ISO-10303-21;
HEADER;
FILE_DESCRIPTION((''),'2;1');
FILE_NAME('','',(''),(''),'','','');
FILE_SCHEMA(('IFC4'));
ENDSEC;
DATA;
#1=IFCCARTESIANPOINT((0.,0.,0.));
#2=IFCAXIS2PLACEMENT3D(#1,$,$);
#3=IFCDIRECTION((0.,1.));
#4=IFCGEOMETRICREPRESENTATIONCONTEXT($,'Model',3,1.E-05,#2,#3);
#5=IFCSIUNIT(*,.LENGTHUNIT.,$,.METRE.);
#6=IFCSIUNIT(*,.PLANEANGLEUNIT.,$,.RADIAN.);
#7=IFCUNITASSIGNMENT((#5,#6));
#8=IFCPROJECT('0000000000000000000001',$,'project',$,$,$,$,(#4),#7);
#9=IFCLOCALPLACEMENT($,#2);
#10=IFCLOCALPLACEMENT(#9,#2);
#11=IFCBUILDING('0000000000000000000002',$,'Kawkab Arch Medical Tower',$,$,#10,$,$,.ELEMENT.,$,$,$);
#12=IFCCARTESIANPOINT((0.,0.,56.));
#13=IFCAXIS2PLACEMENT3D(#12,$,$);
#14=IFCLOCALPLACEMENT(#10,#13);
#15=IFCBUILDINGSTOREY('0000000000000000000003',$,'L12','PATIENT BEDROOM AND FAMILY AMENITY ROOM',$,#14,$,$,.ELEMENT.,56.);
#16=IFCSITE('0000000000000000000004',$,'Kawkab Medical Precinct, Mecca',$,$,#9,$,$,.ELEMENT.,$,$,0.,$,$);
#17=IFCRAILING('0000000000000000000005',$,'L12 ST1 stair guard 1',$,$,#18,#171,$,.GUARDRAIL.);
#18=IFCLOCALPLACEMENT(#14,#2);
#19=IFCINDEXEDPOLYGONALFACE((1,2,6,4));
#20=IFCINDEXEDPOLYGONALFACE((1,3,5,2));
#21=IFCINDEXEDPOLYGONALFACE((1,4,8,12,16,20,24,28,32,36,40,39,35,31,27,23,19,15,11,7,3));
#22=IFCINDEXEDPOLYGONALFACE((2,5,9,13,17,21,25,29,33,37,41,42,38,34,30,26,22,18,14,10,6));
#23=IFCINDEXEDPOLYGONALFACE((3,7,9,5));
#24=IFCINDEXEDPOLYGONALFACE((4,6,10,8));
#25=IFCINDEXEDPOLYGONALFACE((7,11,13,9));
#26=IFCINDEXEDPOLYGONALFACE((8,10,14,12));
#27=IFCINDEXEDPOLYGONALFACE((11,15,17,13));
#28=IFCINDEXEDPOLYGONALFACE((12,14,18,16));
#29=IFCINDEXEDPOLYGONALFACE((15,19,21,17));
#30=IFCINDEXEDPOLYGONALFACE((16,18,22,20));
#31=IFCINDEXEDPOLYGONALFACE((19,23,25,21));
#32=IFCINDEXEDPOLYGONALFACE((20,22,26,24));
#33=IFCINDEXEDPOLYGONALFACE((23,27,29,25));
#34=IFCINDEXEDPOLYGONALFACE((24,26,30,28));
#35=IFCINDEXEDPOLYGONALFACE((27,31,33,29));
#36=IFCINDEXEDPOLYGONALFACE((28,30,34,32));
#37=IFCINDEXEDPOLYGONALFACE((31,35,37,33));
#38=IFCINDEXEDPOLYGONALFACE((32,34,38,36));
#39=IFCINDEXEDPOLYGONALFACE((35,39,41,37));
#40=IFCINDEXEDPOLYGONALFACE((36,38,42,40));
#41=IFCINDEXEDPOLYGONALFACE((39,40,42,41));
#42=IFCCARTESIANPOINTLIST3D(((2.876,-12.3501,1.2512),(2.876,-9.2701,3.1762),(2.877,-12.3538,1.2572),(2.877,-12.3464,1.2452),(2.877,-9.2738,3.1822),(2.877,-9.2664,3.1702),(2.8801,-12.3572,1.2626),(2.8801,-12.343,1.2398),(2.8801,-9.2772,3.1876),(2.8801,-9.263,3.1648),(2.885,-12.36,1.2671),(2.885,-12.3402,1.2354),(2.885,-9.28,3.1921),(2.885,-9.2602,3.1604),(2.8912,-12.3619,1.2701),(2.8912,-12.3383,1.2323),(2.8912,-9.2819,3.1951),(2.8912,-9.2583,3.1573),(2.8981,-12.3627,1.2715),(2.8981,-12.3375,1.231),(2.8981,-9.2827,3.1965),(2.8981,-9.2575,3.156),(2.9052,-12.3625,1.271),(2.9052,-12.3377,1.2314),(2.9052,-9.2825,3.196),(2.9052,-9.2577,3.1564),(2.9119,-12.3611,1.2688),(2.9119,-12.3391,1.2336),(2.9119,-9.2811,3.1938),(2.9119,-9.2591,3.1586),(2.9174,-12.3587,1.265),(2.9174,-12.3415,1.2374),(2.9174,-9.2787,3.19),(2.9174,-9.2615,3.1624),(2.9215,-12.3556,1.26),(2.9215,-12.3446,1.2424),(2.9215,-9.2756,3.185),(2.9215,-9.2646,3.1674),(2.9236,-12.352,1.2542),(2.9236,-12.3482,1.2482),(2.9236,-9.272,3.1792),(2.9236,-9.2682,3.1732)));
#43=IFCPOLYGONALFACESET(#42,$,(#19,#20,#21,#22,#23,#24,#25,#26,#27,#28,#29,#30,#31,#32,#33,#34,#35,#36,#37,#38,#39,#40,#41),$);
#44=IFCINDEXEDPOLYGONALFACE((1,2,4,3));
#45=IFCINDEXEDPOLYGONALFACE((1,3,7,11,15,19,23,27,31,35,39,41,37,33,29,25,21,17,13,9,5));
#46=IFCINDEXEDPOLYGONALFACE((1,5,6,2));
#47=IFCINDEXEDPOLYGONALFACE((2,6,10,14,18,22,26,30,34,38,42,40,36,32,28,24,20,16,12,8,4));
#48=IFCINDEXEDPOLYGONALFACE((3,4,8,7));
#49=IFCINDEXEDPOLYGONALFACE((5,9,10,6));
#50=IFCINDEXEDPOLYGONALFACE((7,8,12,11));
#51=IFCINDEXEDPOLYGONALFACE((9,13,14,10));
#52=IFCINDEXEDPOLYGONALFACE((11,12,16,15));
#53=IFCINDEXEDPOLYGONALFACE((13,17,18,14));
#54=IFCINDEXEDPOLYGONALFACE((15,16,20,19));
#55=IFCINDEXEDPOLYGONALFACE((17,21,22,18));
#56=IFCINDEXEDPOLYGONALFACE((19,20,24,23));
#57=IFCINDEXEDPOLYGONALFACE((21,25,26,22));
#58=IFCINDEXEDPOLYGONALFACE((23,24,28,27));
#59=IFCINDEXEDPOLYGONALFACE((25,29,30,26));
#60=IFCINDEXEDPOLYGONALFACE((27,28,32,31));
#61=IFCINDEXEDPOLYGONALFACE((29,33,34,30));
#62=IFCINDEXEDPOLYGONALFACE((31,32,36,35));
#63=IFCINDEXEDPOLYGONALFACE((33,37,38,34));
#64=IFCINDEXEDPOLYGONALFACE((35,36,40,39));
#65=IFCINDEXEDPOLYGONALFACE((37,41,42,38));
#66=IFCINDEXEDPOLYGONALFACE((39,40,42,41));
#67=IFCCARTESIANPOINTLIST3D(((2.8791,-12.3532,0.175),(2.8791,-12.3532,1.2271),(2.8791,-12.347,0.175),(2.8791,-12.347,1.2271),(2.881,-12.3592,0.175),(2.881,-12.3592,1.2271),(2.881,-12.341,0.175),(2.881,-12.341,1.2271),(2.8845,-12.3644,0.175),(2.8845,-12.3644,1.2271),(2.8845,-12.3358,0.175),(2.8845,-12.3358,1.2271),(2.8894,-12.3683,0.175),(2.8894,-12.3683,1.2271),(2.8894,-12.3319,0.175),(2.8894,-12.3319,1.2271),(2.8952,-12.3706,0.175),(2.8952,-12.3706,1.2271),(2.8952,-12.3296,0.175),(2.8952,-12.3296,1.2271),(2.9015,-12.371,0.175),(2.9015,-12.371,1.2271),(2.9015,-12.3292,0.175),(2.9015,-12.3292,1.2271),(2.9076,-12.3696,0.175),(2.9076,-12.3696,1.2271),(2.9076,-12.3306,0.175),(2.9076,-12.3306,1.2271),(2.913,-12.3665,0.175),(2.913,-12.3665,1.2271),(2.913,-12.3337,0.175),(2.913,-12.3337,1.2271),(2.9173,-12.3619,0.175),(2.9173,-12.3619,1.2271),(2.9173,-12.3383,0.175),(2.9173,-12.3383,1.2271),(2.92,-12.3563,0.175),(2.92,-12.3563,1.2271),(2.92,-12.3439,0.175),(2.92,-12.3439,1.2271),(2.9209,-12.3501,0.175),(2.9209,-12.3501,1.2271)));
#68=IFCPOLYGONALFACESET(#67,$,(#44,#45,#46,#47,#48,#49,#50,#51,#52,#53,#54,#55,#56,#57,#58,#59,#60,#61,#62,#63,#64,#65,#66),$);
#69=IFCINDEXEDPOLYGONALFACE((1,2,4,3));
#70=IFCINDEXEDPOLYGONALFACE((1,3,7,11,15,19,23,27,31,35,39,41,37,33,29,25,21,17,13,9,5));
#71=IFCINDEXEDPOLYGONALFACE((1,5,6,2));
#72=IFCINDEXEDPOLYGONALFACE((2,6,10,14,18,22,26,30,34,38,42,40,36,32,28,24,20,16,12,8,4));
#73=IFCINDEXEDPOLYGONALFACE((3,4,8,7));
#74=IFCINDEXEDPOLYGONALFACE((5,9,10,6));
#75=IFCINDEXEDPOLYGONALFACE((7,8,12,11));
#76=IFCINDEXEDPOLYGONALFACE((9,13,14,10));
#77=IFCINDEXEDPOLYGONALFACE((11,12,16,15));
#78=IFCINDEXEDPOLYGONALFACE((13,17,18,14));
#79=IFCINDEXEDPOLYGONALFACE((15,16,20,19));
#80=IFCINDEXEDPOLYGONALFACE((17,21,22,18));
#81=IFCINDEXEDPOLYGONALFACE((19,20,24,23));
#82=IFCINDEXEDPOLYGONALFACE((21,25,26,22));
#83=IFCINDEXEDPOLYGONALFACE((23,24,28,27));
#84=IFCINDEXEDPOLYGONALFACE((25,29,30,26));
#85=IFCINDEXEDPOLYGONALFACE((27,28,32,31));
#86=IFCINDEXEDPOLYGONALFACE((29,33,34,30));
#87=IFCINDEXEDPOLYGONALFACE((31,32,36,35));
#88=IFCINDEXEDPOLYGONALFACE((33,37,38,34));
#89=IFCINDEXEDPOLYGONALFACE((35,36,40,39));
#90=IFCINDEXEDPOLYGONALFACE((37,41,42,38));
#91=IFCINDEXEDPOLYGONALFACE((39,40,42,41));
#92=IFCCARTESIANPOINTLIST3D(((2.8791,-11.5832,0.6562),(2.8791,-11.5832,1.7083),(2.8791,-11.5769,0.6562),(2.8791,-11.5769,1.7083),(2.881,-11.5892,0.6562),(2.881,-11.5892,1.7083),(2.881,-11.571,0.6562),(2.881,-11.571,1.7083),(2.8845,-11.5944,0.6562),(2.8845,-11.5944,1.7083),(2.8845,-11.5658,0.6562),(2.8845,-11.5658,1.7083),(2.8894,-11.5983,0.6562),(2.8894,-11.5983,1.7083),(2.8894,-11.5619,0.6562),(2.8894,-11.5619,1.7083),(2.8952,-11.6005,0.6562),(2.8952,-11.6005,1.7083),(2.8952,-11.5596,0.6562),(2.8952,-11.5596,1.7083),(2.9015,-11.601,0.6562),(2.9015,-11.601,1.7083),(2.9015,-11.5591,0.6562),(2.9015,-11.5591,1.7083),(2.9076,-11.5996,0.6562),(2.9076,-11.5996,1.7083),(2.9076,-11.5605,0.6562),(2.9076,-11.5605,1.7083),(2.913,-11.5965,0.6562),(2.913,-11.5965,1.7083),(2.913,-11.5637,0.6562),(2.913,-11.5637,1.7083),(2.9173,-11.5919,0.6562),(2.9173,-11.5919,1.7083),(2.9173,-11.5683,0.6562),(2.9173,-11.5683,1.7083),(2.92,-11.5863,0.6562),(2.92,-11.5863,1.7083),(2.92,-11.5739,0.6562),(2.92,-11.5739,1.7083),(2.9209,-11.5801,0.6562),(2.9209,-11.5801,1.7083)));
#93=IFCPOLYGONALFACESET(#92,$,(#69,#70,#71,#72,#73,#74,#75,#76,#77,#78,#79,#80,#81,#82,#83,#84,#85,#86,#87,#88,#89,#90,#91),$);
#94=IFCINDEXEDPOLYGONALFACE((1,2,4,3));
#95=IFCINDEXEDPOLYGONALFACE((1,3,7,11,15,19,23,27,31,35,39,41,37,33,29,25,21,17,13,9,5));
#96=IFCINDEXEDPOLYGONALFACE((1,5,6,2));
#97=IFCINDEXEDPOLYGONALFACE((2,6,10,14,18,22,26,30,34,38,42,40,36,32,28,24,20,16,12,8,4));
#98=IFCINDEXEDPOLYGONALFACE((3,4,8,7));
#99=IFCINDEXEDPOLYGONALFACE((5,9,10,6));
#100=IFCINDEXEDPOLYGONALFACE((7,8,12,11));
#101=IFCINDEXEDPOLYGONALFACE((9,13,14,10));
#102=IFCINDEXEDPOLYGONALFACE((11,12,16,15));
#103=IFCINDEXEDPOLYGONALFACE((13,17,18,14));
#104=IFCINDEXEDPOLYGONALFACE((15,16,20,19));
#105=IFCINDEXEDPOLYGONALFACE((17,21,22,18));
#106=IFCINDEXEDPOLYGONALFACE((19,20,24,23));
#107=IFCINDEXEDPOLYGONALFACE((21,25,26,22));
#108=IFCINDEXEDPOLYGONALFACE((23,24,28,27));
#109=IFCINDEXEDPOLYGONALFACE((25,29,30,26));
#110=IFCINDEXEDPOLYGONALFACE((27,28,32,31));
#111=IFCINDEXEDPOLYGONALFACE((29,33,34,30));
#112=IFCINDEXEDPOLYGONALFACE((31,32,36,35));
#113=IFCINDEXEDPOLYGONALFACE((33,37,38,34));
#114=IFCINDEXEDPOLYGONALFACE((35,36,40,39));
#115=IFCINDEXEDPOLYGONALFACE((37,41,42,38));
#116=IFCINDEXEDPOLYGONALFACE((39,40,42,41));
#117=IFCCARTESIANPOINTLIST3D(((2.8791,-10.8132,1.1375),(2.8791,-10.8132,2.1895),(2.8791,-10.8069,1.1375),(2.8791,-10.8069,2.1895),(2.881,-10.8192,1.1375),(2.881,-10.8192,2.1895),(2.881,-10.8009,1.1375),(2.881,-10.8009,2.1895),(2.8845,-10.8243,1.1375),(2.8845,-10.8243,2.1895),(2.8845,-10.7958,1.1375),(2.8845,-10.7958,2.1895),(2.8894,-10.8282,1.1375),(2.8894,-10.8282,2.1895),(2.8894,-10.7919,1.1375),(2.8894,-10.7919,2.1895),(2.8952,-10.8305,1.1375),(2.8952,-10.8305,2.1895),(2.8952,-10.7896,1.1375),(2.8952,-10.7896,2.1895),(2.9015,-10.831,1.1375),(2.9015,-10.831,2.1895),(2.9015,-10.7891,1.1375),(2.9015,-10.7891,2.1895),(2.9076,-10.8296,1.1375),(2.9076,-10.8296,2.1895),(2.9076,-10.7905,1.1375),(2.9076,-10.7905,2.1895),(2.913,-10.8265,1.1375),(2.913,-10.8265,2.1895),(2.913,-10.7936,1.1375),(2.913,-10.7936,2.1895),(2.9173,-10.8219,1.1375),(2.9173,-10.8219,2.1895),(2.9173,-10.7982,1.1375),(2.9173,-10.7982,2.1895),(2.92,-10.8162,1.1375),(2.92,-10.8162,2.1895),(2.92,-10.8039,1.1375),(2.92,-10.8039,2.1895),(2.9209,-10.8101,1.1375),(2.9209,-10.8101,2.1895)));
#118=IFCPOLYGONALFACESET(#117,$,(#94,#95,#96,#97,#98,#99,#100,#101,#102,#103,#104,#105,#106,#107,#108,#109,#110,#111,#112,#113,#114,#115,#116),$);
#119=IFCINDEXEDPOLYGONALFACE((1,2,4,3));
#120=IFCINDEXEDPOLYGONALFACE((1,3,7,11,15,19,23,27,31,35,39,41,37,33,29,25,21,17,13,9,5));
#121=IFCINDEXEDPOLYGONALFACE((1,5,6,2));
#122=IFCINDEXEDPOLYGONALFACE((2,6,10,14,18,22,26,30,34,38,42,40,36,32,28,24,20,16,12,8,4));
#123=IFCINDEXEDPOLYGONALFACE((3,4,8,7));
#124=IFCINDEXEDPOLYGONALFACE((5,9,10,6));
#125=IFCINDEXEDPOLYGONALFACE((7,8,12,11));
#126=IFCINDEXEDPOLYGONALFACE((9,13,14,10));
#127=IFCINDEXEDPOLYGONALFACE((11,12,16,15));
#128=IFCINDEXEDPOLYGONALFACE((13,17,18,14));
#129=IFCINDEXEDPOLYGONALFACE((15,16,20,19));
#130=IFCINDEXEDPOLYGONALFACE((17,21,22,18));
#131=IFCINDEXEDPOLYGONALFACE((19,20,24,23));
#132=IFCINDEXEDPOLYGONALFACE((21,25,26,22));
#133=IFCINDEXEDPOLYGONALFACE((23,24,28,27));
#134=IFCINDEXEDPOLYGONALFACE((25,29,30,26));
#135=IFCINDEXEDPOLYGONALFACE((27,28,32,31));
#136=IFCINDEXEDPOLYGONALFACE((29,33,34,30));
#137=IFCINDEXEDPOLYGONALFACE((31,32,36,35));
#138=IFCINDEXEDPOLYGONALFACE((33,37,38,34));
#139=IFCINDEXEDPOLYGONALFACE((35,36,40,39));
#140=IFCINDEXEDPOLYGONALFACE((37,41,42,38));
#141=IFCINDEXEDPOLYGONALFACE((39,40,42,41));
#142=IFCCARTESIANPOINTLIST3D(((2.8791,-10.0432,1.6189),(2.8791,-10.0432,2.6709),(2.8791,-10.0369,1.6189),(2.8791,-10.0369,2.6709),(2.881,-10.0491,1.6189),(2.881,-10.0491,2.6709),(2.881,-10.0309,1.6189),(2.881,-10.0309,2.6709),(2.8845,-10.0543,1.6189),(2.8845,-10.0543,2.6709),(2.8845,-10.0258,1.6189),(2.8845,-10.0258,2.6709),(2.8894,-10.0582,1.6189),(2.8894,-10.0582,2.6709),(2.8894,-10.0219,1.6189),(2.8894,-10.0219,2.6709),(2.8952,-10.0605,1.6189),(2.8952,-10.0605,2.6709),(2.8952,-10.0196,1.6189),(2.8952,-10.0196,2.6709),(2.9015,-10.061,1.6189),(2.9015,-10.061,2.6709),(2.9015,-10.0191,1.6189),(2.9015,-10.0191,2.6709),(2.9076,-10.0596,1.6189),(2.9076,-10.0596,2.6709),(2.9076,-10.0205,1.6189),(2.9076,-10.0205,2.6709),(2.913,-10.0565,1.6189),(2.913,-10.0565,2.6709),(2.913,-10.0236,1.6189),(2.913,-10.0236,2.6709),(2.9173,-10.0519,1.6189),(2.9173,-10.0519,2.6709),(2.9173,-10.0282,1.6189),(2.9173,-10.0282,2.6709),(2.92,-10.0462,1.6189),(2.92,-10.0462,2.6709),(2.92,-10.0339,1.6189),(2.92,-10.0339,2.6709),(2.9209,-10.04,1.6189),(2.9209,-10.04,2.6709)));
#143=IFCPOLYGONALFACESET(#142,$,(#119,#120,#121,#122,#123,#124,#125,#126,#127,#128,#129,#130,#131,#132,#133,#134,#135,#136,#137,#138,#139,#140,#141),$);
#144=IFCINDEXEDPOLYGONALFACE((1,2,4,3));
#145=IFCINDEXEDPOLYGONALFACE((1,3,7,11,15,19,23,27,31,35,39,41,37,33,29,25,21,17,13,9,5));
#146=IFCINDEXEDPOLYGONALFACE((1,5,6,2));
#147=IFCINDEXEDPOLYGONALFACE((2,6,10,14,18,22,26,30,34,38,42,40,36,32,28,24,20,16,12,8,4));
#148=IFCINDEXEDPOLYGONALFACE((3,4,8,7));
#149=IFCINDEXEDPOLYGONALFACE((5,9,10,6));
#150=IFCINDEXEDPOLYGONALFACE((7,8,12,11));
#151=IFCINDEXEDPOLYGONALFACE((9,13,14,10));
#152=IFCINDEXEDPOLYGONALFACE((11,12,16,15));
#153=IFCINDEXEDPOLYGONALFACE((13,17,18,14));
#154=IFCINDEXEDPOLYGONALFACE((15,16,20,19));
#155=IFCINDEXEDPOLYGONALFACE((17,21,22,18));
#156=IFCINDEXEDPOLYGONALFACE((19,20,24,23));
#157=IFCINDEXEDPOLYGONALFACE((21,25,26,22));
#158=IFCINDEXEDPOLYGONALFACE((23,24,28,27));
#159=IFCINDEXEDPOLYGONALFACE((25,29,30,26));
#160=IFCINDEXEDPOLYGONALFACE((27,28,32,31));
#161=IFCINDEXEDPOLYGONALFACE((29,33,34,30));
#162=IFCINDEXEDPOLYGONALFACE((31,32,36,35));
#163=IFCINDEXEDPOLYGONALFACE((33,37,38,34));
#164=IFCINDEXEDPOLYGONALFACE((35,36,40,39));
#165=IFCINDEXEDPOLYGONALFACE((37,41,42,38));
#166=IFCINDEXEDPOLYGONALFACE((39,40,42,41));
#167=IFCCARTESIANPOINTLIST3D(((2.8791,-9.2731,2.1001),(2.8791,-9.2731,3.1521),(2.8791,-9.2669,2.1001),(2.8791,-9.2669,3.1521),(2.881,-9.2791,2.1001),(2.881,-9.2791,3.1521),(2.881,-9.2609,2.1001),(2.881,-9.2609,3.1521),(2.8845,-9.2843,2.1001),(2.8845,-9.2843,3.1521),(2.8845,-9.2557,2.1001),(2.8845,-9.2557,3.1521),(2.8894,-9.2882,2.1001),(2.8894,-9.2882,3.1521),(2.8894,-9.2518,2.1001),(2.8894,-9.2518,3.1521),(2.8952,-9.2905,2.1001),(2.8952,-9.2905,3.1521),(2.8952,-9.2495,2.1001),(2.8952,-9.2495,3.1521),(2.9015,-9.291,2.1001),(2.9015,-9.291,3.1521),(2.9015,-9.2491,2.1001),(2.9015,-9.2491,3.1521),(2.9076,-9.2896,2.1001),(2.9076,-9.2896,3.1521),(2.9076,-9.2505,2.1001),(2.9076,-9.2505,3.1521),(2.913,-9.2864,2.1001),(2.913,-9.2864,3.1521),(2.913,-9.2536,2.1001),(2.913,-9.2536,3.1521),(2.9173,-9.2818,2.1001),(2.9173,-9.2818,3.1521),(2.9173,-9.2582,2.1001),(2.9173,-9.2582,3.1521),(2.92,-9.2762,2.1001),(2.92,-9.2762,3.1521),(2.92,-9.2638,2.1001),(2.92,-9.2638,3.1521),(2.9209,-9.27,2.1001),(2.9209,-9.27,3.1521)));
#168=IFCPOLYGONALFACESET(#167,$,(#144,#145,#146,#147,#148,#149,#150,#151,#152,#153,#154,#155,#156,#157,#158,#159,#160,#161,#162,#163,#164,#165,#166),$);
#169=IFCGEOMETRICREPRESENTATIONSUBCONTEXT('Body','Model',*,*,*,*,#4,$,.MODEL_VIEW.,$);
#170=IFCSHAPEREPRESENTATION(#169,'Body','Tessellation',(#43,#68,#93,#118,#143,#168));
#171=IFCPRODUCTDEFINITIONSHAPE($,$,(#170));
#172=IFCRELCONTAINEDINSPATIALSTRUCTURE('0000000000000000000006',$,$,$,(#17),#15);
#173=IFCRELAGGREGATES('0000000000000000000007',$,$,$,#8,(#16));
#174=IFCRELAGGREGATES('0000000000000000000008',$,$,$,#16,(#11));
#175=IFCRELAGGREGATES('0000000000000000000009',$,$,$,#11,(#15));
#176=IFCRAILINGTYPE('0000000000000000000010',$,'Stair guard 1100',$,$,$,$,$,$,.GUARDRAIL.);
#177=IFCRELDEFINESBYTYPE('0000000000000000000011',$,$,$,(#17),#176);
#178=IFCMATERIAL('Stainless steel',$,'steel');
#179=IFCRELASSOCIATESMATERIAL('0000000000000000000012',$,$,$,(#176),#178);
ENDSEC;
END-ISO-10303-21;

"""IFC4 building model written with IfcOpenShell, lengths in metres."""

from ifc_helpers import new_model, si_unit, direction, frame, origin, origin_2d, place, context, subcontext, project, spatial, circle, extrude, material, type_object, element, save


model = new_model("IFC4")

# Units and contexts
model_context = context("Model", 3, precision=1e-05, world=origin(), true_north=direction((0.0, 1.0)))
body_context = subcontext(model_context, "Body", "Model", "MODEL_VIEW")
ifc_project = project(units=[si_unit("LENGTHUNIT", "METRE"), si_unit("PLANEANGLEUNIT", "RADIAN")], contexts=[model_context])

# Site, building, storey
site_placement = place(None, origin())
site = spatial("IfcSite", under=ifc_project, at=site_placement, Name="Kawkab Medical Precinct, Mecca", CompositionType="ELEMENT", RefElevation=0.0)
building_placement = place(site_placement, origin())
building = spatial("IfcBuilding", under=site, at=building_placement, Name="Kawkab Arch Medical Tower", CompositionType="ELEMENT")
storey_placement = place(building_placement, frame((0.0, 0.0, 56.0)))
storey = spatial("IfcBuildingStorey", under=building, at=storey_placement, Name="L12", Description="PATIENT BEDROOM AND FAMILY AMENITY ROOM", CompositionType="ELEMENT", Elevation=56.0)

# Railing
ifc_material_1 = material(Name="Stainless steel", Category="steel")
railing_type_1 = type_object("IfcRailingType", Name="Stair guard 1100", PredefinedType="GUARDRAIL", material=ifc_material_1)
railing_1_placement = place(storey_placement, frame((2.8999, -12.3501, 0.175)))
element("IfcRailing", 1, at=railing_1_placement, inside=storey, type_object=railing_type_1, Name="L12 ST1 stair guard 1", PredefinedType="GUARDRAIL", context=body_context, shape_type="SweptSolid", body=[
    extrude(circle(Radius=0.0239, at=origin_2d()), frame((0.0, 0.0, 1.0762), z_axis=(0.0, 0.847998, 0.529999), x_axis=(-1.0, 0.0, 0.0)), (0.0, 0.0, 1.0), 3.6321),
    extrude(circle(Radius=0.021, at=origin_2d()), origin(), (0.0, 0.0, 1.0), 1.052),
    extrude(circle(Radius=0.021, at=origin_2d()), frame((0.0, 0.77, 0.4812)), (0.0, 0.0, 1.0), 1.052),
    extrude(circle(Radius=0.021, at=origin_2d()), frame((0.0, 1.54, 0.9624)), (0.0, 0.0, 1.0), 1.052),
    extrude(circle(Radius=0.021, at=origin_2d()), frame((0.0, 2.3101, 1.4438)), (0.0, 0.0, 1.0), 1.052),
    extrude(circle(Radius=0.021, at=origin_2d()), frame((0.0, 3.0801, 1.925)), (0.0, 0.0, 1.0), 1.052),
])

save(model, "model.ifc")
